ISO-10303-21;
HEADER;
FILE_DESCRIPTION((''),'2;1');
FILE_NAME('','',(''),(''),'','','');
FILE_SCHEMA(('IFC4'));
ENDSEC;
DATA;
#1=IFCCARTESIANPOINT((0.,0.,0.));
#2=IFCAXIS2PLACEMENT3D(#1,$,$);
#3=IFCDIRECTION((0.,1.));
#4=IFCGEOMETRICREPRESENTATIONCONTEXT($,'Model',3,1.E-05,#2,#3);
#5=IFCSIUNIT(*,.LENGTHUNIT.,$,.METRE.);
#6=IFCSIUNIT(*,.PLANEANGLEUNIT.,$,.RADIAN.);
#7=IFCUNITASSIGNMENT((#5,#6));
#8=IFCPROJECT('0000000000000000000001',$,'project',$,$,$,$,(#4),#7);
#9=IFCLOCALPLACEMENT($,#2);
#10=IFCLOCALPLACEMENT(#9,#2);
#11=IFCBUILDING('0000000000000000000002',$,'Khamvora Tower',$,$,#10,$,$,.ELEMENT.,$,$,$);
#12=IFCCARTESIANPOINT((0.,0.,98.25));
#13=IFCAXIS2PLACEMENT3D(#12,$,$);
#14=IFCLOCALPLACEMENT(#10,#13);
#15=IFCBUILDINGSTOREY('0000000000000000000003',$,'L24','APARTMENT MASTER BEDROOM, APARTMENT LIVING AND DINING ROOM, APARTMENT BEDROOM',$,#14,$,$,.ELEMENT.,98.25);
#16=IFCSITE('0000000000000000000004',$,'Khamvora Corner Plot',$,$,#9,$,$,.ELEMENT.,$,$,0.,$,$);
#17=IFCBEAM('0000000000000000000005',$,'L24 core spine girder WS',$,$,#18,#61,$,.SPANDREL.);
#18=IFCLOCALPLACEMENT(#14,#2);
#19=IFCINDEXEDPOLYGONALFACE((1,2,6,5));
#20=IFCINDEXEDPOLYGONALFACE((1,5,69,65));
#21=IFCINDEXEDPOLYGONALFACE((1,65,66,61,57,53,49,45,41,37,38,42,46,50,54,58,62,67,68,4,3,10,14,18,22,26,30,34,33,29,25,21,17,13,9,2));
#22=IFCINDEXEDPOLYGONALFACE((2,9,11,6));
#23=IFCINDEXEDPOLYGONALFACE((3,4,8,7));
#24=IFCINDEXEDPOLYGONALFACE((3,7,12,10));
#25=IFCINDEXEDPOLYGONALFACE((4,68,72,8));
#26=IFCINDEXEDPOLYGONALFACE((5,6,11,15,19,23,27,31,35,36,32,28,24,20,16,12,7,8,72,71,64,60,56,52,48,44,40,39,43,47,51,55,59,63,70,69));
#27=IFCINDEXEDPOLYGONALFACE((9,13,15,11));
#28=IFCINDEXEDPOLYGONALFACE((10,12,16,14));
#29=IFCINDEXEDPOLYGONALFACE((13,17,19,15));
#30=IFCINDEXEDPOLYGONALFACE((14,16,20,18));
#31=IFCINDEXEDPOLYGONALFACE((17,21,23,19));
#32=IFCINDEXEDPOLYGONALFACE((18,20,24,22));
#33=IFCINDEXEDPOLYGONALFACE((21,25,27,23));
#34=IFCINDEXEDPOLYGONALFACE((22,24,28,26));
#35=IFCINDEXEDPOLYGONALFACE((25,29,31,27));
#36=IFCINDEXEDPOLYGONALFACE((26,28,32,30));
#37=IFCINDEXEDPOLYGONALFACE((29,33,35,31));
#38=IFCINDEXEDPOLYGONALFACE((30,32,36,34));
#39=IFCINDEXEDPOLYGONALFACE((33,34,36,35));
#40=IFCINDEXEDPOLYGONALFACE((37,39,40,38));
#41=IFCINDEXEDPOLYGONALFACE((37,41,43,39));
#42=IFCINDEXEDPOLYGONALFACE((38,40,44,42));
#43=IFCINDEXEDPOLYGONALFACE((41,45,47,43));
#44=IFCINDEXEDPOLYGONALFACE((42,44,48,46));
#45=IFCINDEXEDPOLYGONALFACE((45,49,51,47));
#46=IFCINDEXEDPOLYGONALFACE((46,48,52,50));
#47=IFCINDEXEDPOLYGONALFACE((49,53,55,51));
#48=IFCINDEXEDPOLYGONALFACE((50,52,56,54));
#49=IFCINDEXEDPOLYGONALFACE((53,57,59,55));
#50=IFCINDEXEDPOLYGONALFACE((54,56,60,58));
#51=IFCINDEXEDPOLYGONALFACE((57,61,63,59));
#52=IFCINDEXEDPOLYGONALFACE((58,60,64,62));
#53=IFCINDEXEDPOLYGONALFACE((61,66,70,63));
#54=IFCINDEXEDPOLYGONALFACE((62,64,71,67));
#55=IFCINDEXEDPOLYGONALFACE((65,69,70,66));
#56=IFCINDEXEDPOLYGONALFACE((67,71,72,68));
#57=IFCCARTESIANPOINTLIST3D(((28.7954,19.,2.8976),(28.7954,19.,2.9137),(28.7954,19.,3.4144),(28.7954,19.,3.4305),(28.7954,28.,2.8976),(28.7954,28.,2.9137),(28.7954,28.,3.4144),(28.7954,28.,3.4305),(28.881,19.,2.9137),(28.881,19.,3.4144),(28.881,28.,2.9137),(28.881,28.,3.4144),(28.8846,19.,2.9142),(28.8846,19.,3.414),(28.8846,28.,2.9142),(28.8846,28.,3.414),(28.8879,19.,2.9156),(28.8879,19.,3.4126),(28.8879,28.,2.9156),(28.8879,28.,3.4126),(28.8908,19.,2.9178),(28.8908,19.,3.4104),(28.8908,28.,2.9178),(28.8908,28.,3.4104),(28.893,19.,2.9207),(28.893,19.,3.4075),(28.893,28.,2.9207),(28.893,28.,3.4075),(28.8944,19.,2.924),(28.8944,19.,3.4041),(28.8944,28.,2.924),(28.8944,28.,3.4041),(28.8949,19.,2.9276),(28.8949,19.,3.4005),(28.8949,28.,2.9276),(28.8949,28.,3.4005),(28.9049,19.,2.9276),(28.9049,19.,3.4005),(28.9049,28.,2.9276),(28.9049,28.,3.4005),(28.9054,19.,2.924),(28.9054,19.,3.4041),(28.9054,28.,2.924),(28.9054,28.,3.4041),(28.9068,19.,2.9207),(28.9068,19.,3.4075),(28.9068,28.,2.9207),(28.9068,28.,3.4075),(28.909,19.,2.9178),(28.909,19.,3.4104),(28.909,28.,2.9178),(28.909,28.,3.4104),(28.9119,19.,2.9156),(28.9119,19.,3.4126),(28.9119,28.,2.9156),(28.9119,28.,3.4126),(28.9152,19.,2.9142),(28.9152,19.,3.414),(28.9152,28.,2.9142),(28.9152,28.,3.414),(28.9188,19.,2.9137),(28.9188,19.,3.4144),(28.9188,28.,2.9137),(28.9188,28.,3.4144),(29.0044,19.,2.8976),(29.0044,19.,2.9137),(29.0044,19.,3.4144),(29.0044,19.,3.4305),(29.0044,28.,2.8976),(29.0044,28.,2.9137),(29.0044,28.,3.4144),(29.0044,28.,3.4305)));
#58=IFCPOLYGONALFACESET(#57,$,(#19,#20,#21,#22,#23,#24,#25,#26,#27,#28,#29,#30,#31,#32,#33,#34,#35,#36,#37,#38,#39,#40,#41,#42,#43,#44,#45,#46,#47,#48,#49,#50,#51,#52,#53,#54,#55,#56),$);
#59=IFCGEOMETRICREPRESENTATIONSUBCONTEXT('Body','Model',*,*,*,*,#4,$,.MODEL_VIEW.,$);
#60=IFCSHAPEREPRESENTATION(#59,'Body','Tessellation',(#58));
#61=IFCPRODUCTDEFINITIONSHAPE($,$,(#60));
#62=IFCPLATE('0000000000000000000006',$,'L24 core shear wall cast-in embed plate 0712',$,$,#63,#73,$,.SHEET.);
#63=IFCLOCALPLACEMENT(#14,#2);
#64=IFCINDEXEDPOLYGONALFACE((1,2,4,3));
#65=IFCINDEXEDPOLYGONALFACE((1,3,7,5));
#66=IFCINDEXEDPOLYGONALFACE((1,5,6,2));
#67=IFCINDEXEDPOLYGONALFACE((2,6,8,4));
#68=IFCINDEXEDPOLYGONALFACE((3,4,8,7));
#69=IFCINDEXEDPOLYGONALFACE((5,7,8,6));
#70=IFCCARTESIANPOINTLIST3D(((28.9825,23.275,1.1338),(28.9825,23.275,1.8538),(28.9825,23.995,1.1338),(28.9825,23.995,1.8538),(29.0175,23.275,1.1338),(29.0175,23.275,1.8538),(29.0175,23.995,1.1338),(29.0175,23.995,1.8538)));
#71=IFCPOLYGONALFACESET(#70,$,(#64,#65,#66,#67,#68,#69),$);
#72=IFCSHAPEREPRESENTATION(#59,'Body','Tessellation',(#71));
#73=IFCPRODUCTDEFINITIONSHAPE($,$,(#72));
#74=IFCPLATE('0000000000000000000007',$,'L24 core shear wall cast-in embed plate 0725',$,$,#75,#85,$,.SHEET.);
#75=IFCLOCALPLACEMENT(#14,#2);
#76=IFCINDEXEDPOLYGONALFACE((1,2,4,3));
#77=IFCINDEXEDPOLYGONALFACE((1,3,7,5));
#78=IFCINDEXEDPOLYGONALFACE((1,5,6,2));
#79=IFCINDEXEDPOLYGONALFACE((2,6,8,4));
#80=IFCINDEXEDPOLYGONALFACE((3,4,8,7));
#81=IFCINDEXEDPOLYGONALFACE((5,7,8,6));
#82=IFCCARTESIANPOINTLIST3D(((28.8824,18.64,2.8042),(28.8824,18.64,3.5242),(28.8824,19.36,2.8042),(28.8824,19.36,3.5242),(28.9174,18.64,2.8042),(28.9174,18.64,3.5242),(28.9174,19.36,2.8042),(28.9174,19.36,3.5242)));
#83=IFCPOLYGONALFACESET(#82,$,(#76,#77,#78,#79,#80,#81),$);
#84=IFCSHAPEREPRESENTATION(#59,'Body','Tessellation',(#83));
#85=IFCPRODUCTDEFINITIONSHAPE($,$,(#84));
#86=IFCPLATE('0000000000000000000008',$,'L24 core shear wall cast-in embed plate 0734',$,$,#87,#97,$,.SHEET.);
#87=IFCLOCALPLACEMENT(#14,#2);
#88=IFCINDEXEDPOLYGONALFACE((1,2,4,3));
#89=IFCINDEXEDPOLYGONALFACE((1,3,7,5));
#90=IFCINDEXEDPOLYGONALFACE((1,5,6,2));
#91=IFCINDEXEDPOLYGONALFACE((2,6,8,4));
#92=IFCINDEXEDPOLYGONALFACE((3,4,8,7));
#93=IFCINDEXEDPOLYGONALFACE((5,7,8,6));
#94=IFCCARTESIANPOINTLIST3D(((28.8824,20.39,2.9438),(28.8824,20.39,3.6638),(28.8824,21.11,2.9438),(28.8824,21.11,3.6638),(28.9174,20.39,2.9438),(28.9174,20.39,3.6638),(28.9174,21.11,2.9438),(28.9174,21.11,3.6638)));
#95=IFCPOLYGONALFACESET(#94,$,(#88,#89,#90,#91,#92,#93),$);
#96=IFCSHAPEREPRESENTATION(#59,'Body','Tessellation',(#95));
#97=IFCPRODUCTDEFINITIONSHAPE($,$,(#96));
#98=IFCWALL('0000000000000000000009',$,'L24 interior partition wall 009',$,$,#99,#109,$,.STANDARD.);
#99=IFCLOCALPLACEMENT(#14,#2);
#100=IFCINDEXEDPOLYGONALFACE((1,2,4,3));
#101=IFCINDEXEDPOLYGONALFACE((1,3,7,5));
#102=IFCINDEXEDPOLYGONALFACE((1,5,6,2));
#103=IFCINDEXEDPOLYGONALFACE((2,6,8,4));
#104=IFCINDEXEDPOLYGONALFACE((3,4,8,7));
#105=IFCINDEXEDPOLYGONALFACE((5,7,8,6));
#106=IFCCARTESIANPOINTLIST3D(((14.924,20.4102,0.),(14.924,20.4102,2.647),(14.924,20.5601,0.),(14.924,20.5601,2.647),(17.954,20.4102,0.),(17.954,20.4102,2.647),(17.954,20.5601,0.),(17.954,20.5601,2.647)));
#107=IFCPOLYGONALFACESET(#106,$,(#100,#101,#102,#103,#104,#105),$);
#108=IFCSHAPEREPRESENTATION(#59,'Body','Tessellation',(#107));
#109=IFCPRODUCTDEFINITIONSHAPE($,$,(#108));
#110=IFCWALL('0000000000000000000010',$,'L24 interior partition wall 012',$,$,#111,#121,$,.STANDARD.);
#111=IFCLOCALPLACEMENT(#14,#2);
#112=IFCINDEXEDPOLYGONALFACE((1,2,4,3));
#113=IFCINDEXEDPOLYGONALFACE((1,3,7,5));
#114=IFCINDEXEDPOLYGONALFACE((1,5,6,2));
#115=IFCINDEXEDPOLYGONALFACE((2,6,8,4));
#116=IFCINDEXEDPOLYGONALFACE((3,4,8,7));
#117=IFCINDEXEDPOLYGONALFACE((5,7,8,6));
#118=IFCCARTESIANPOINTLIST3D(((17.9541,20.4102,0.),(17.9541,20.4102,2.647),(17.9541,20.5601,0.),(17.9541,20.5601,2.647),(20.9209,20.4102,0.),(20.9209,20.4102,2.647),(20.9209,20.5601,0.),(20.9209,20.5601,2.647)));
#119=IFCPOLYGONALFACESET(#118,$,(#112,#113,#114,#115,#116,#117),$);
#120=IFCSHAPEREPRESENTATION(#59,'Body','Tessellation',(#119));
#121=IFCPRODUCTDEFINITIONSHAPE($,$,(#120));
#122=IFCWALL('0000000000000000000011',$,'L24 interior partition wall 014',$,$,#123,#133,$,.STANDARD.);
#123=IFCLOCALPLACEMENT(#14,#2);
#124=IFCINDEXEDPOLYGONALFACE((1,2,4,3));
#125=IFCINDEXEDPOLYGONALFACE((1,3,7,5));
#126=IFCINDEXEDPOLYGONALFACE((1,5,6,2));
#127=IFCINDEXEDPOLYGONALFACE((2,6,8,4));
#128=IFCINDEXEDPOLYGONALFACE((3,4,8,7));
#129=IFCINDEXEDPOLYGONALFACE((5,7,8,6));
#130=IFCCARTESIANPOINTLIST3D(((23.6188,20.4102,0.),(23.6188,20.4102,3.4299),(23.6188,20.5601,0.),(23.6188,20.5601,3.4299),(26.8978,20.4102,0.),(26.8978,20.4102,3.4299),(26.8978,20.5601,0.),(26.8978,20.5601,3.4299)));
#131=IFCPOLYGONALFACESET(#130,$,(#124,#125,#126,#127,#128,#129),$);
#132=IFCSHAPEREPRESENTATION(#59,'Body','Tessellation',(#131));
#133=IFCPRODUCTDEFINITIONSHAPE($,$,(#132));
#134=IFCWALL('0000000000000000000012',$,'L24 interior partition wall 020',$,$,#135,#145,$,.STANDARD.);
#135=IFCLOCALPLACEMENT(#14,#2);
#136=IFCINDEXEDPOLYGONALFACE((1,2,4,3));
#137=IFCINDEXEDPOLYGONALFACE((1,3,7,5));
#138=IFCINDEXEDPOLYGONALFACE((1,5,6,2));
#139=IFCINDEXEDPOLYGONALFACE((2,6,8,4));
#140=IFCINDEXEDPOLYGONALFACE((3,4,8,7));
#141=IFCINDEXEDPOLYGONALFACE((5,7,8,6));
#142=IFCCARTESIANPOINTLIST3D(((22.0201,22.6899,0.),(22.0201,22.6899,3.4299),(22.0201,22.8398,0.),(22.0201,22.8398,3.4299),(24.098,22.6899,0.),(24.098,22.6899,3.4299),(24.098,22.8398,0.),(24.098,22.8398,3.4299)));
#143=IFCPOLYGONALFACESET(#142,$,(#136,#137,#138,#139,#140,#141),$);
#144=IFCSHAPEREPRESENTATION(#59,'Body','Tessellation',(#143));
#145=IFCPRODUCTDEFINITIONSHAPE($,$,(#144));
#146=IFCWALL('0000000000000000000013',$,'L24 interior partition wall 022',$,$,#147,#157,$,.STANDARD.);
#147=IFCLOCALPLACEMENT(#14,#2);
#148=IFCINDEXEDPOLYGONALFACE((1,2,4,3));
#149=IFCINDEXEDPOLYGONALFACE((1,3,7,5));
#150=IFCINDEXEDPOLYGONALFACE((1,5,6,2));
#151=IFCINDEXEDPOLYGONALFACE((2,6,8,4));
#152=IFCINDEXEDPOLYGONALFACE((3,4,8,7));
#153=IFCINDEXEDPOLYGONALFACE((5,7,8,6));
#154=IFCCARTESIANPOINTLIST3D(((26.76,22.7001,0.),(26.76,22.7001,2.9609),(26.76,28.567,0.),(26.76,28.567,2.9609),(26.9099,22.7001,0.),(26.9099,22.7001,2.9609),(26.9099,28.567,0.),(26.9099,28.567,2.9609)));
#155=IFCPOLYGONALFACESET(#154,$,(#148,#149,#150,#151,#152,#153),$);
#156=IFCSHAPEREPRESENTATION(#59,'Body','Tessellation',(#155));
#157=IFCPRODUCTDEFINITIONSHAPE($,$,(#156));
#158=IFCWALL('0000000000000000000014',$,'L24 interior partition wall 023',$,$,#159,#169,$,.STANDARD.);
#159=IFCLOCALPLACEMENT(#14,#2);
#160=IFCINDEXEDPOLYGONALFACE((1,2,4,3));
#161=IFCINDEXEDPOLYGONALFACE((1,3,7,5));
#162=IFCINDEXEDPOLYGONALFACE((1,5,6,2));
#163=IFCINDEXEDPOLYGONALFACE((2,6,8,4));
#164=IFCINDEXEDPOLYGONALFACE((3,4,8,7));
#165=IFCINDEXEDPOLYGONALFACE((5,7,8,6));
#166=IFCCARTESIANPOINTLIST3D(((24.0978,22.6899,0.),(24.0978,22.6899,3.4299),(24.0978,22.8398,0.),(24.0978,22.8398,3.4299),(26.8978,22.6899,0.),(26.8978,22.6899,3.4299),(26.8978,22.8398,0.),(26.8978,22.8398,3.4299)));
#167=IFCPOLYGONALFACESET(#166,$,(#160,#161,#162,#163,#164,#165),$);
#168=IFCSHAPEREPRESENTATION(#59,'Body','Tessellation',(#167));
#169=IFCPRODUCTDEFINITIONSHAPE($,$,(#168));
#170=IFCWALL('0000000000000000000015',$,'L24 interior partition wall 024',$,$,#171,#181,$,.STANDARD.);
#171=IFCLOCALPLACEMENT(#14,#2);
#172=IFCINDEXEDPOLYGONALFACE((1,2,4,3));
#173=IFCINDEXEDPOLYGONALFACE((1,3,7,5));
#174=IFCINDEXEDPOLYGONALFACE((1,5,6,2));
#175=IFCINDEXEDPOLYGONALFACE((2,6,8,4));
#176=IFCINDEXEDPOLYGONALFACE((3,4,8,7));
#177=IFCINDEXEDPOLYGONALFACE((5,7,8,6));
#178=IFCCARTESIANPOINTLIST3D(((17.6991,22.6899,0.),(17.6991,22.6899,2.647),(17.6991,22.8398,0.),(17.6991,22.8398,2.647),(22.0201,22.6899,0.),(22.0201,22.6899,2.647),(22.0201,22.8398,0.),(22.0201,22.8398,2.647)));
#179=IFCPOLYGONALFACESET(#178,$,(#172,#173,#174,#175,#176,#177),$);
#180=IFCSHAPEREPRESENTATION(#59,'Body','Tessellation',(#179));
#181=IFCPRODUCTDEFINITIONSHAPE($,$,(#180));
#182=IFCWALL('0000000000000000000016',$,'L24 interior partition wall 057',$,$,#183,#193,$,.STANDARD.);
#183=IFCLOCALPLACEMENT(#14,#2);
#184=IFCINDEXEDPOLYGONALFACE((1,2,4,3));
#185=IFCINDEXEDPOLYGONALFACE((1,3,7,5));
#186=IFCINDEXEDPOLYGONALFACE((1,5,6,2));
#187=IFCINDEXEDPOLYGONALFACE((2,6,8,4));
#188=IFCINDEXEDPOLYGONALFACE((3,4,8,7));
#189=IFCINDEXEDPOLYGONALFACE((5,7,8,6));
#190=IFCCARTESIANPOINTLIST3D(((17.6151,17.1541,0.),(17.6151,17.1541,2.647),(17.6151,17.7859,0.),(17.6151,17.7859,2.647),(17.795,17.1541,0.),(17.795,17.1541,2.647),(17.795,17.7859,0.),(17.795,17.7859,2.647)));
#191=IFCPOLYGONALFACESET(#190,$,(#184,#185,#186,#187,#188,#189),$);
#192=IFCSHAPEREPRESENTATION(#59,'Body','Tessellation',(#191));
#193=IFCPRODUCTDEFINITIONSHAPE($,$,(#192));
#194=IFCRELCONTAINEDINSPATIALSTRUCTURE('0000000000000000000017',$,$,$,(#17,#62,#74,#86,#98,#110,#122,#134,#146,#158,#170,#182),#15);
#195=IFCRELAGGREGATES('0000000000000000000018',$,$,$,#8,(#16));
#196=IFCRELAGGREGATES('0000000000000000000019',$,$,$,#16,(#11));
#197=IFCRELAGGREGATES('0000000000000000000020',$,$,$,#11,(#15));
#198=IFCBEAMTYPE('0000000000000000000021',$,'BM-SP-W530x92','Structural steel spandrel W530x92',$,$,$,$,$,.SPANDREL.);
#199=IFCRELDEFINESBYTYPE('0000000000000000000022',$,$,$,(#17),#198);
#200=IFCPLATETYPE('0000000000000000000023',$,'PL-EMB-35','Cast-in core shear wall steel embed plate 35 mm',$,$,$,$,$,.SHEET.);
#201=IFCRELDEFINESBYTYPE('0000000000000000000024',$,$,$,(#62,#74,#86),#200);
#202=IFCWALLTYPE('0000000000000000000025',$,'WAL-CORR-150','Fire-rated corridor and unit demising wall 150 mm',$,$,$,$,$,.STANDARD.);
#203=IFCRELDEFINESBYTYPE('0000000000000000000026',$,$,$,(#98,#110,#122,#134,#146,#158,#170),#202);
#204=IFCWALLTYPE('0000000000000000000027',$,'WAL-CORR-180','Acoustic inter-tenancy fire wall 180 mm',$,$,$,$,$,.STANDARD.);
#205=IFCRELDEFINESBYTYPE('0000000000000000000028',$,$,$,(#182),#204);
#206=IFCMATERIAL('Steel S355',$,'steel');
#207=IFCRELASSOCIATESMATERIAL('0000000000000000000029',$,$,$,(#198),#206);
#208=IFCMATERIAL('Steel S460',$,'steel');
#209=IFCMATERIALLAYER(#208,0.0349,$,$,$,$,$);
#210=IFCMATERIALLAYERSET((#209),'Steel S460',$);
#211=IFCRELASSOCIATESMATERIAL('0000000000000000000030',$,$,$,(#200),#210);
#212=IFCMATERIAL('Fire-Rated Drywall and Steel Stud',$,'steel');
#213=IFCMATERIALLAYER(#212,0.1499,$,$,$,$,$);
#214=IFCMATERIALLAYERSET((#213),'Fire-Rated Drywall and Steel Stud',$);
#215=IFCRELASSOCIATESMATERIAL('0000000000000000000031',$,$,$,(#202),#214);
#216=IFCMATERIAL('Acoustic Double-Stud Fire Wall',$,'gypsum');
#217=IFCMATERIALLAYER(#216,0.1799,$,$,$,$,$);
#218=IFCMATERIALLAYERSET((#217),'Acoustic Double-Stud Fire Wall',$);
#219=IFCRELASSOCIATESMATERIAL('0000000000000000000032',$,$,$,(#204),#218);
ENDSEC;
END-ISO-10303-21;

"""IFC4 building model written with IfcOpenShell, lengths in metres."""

from ifc_helpers import new_model, si_unit, direction, frame, frame_2d, origin, origin_2d, place, context, subcontext, project, spatial, rectangle, i_section, extrude, material, layer, layer_set, material_profile, profile_set, type_object, element, save


model = new_model("IFC4")

# Units and contexts
model_context = context("Model", 3, precision=1e-05, world=origin(), true_north=direction((0.0, 1.0)))
body_context = subcontext(model_context, "Body", "Model", "MODEL_VIEW")
ifc_project = project(units=[si_unit("LENGTHUNIT", "METRE"), si_unit("PLANEANGLEUNIT", "RADIAN")], contexts=[model_context])

# Site, building, storey
site_placement = place(None, origin())
site = spatial("IfcSite", under=ifc_project, at=site_placement, Name="Khamvora Corner Plot", CompositionType="ELEMENT", RefElevation=0.0)
building_placement = place(site_placement, origin())
building = spatial("IfcBuilding", under=site, at=building_placement, Name="Khamvora Tower", CompositionType="ELEMENT")
storey_placement = place(building_placement, frame((0.0, 0.0, 98.25)))
storey = spatial("IfcBuildingStorey", under=building, at=storey_placement, Name="L24", Description="APARTMENT MASTER BEDROOM, APARTMENT LIVING AND DINING ROOM, APARTMENT BEDROOM", CompositionType="ELEMENT", Elevation=98.25)

# Shared definitions
ifc_material_1 = material(Name="Steel S355", Category="steel")
ifc_material_2 = material(Name="Steel S460", Category="steel")

# Beam
ifc_material_profile_1 = material_profile(ifc_material_1, i_section(OverallWidth=0.209, OverallDepth=0.533, WebThickness=0.01, FlangeThickness=0.0161, FilletRadius=0.0139, at=origin_2d()), Name="W530x92")
ifc_profile_set_1 = profile_set([ifc_material_profile_1], Name="Steel S355")
beam_type_1 = type_object("IfcBeamType", Name="BM-SP-W530x92", Description="Structural steel spandrel W530x92", PredefinedType="SPANDREL", material=ifc_profile_set_1)
beam_1_placement = place(storey_placement, frame((28.8999, 19.0, 3.1641), z_axis=(0.0, 1.0, 0.0), x_axis=(-1.0, 0.0, 0.0)))
element("IfcBeam", 1, at=beam_1_placement, inside=storey, type_object=beam_type_1, Name="L24 core spine girder WS", PredefinedType="SPANDREL", context=body_context, shape_type="SweptSolid", body=[
    extrude(i_section(OverallWidth=0.209, OverallDepth=0.533, WebThickness=0.01, FlangeThickness=0.0161, FilletRadius=0.0139, at=origin_2d()), origin(), (0.0, 0.0, 1.0), 9.0),
])

# Plates
ifc_layer_1 = layer(ifc_material_2, 0.0349)
ifc_layer_set_1 = layer_set([ifc_layer_1], Name="Steel S460")
plate_type = type_object("IfcPlateType", Name="PL-EMB-35", Description="Cast-in core shear wall steel embed plate 35 mm", PredefinedType="SHEET", material=ifc_layer_set_1)
for number, where, z_axis, x_axis, name in (
    (2, (29.0, 23.635, 1.1338), (0.0, 0.0, 1.0), (1.0, 0.0, 0.0), "L24 core shear wall cast-in embed plate 0712"),
    (3, (28.8999, 19.0, 2.8042), (0.0, 0.0, 1.0), (1.0, 0.0, 0.0), "L24 core shear wall cast-in embed plate 0725"),
    (4, (28.8999, 20.75, 2.9438), (0.0, 0.0, 1.0), (1.0, 0.0, 0.0), "L24 core shear wall cast-in embed plate 0734"),
):
    element("IfcPlate", number, at=place(storey_placement, frame(where, z_axis=z_axis, x_axis=x_axis)), inside=storey, type_object=plate_type, Name=name, PredefinedType="SHEET", context=body_context, shape_type="SweptSolid", body=[
        extrude(rectangle(XDim=0.0349, YDim=0.72, at=origin_2d()), origin(), (0.0, 0.0, 1.0), 0.72),
    ])

# Wall
ifc_material_3 = material(Name="Fire-Rated Drywall and Steel Stud", Category="steel")
ifc_layer_2 = layer(ifc_material_3, 0.1499)
ifc_layer_set_2 = layer_set([ifc_layer_2], Name="Fire-Rated Drywall and Steel Stud")
wall_type_1 = type_object("IfcWallType", Name="WAL-CORR-150", Description="Fire-rated corridor and unit demising wall 150 mm", PredefinedType="STANDARD", material=ifc_layer_set_2)
wall_1_placement = place(storey_placement, frame((17.9541, 20.4851, 0.0), z_axis=(0.0, 0.0, 1.0), x_axis=(-1.0, 0.0, 0.0)))
element("IfcWall", 5, at=wall_1_placement, inside=storey, type_object=wall_type_1, Name="L24 interior partition wall 009", PredefinedType="STANDARD", context=body_context, shape_type="SweptSolid", body=[
    extrude(rectangle(XDim=3.03, YDim=0.1499, at=frame_2d((1.5151, 0.0))), origin(), (0.0, 0.0, 1.0), 2.647),
])

# Walls
wall_2_placement = place(storey_placement, frame((20.9209, 20.4851, 0.0), z_axis=(0.0, 0.0, 1.0), x_axis=(-1.0, 0.0, 0.0)))
element("IfcWall", 6, at=wall_2_placement, inside=storey, type_object=wall_type_1, Name="L24 interior partition wall 012", PredefinedType="STANDARD", context=body_context, shape_type="SweptSolid", body=[
    extrude(rectangle(XDim=2.9668, YDim=0.1499, at=frame_2d((1.4834, 0.0))), origin(), (0.0, 0.0, 1.0), 2.647),
])
wall_3_placement = place(storey_placement, frame((26.8979, 20.4851, 0.0), z_axis=(0.0, 0.0, 1.0), x_axis=(-1.0, 0.0, 0.0)))
element("IfcWall", 7, at=wall_3_placement, inside=storey, type_object=wall_type_1, Name="L24 interior partition wall 014", PredefinedType="STANDARD", context=body_context, shape_type="SweptSolid", body=[
    extrude(rectangle(XDim=3.2791, YDim=0.1499, at=frame_2d((1.6396, 0.0))), origin(), (0.0, 0.0, 1.0), 3.4299),
])
wall_4_placement = place(storey_placement, frame((22.02, 22.7649, 0.0), z_axis=(0.0, 0.0, 1.0), x_axis=(1.0, 0.0, 0.0)))
element("IfcWall", 8, at=wall_4_placement, inside=storey, type_object=wall_type_1, Name="L24 interior partition wall 020", PredefinedType="STANDARD", context=body_context, shape_type="SweptSolid", body=[
    extrude(rectangle(XDim=2.0779, YDim=0.1499, at=frame_2d((1.0391, 0.0))), origin(), (0.0, 0.0, 1.0), 3.4299),
])
wall_5_placement = place(storey_placement, frame((26.835, 22.7, 0.0), z_axis=(0.0, 0.0, 1.0), x_axis=(0.0, 1.0, 0.0)))
element("IfcWall", 9, at=wall_5_placement, inside=storey, type_object=wall_type_1, Name="L24 interior partition wall 022", PredefinedType="STANDARD", context=body_context, shape_type="SweptSolid", body=[
    extrude(rectangle(XDim=5.8669, YDim=0.1499, at=frame_2d((2.9336, 0.0))), origin(), (0.0, 0.0, 1.0), 2.9609),
])
wall_6_placement = place(storey_placement, frame((24.0979, 22.7649, 0.0), z_axis=(0.0, 0.0, 1.0), x_axis=(1.0, 0.0, 0.0)))
element("IfcWall", 10, at=wall_6_placement, inside=storey, type_object=wall_type_1, Name="L24 interior partition wall 023", PredefinedType="STANDARD", context=body_context, shape_type="SweptSolid", body=[
    extrude(rectangle(XDim=2.8, YDim=0.1499, at=frame_2d((1.3999, 0.0))), origin(), (0.0, 0.0, 1.0), 3.4299),
])
wall_7_placement = place(storey_placement, frame((17.699, 22.7649, 0.0), z_axis=(0.0, 0.0, 1.0), x_axis=(1.0, 0.0, 0.0)))
element("IfcWall", 11, at=wall_7_placement, inside=storey, type_object=wall_type_1, Name="L24 interior partition wall 024", PredefinedType="STANDARD", context=body_context, shape_type="SweptSolid", body=[
    extrude(rectangle(XDim=4.321, YDim=0.1499, at=frame_2d((2.1606, 0.0))), origin(), (0.0, 0.0, 1.0), 2.647),
])
ifc_material_4 = material(Name="Acoustic Double-Stud Fire Wall", Category="gypsum")
ifc_layer_3 = layer(ifc_material_4, 0.1799)
ifc_layer_set_3 = layer_set([ifc_layer_3], Name="Acoustic Double-Stud Fire Wall")
wall_type_2 = type_object("IfcWallType", Name="WAL-CORR-180", Description="Acoustic inter-tenancy fire wall 180 mm", PredefinedType="STANDARD", material=ifc_layer_set_3)
wall_8_placement = place(storey_placement, frame((17.7051, 17.7859, 0.0), z_axis=(0.0, 0.0, 1.0), x_axis=(0.0, -1.0, 0.0)))
element("IfcWall", 12, at=wall_8_placement, inside=storey, type_object=wall_type_2, Name="L24 interior partition wall 057", PredefinedType="STANDARD", context=body_context, shape_type="SweptSolid", body=[
    extrude(rectangle(XDim=0.6318, YDim=0.1799, at=frame_2d((0.3159, 0.0))), origin(), (0.0, 0.0, 1.0), 2.647),
])

save(model, "model.ifc")
